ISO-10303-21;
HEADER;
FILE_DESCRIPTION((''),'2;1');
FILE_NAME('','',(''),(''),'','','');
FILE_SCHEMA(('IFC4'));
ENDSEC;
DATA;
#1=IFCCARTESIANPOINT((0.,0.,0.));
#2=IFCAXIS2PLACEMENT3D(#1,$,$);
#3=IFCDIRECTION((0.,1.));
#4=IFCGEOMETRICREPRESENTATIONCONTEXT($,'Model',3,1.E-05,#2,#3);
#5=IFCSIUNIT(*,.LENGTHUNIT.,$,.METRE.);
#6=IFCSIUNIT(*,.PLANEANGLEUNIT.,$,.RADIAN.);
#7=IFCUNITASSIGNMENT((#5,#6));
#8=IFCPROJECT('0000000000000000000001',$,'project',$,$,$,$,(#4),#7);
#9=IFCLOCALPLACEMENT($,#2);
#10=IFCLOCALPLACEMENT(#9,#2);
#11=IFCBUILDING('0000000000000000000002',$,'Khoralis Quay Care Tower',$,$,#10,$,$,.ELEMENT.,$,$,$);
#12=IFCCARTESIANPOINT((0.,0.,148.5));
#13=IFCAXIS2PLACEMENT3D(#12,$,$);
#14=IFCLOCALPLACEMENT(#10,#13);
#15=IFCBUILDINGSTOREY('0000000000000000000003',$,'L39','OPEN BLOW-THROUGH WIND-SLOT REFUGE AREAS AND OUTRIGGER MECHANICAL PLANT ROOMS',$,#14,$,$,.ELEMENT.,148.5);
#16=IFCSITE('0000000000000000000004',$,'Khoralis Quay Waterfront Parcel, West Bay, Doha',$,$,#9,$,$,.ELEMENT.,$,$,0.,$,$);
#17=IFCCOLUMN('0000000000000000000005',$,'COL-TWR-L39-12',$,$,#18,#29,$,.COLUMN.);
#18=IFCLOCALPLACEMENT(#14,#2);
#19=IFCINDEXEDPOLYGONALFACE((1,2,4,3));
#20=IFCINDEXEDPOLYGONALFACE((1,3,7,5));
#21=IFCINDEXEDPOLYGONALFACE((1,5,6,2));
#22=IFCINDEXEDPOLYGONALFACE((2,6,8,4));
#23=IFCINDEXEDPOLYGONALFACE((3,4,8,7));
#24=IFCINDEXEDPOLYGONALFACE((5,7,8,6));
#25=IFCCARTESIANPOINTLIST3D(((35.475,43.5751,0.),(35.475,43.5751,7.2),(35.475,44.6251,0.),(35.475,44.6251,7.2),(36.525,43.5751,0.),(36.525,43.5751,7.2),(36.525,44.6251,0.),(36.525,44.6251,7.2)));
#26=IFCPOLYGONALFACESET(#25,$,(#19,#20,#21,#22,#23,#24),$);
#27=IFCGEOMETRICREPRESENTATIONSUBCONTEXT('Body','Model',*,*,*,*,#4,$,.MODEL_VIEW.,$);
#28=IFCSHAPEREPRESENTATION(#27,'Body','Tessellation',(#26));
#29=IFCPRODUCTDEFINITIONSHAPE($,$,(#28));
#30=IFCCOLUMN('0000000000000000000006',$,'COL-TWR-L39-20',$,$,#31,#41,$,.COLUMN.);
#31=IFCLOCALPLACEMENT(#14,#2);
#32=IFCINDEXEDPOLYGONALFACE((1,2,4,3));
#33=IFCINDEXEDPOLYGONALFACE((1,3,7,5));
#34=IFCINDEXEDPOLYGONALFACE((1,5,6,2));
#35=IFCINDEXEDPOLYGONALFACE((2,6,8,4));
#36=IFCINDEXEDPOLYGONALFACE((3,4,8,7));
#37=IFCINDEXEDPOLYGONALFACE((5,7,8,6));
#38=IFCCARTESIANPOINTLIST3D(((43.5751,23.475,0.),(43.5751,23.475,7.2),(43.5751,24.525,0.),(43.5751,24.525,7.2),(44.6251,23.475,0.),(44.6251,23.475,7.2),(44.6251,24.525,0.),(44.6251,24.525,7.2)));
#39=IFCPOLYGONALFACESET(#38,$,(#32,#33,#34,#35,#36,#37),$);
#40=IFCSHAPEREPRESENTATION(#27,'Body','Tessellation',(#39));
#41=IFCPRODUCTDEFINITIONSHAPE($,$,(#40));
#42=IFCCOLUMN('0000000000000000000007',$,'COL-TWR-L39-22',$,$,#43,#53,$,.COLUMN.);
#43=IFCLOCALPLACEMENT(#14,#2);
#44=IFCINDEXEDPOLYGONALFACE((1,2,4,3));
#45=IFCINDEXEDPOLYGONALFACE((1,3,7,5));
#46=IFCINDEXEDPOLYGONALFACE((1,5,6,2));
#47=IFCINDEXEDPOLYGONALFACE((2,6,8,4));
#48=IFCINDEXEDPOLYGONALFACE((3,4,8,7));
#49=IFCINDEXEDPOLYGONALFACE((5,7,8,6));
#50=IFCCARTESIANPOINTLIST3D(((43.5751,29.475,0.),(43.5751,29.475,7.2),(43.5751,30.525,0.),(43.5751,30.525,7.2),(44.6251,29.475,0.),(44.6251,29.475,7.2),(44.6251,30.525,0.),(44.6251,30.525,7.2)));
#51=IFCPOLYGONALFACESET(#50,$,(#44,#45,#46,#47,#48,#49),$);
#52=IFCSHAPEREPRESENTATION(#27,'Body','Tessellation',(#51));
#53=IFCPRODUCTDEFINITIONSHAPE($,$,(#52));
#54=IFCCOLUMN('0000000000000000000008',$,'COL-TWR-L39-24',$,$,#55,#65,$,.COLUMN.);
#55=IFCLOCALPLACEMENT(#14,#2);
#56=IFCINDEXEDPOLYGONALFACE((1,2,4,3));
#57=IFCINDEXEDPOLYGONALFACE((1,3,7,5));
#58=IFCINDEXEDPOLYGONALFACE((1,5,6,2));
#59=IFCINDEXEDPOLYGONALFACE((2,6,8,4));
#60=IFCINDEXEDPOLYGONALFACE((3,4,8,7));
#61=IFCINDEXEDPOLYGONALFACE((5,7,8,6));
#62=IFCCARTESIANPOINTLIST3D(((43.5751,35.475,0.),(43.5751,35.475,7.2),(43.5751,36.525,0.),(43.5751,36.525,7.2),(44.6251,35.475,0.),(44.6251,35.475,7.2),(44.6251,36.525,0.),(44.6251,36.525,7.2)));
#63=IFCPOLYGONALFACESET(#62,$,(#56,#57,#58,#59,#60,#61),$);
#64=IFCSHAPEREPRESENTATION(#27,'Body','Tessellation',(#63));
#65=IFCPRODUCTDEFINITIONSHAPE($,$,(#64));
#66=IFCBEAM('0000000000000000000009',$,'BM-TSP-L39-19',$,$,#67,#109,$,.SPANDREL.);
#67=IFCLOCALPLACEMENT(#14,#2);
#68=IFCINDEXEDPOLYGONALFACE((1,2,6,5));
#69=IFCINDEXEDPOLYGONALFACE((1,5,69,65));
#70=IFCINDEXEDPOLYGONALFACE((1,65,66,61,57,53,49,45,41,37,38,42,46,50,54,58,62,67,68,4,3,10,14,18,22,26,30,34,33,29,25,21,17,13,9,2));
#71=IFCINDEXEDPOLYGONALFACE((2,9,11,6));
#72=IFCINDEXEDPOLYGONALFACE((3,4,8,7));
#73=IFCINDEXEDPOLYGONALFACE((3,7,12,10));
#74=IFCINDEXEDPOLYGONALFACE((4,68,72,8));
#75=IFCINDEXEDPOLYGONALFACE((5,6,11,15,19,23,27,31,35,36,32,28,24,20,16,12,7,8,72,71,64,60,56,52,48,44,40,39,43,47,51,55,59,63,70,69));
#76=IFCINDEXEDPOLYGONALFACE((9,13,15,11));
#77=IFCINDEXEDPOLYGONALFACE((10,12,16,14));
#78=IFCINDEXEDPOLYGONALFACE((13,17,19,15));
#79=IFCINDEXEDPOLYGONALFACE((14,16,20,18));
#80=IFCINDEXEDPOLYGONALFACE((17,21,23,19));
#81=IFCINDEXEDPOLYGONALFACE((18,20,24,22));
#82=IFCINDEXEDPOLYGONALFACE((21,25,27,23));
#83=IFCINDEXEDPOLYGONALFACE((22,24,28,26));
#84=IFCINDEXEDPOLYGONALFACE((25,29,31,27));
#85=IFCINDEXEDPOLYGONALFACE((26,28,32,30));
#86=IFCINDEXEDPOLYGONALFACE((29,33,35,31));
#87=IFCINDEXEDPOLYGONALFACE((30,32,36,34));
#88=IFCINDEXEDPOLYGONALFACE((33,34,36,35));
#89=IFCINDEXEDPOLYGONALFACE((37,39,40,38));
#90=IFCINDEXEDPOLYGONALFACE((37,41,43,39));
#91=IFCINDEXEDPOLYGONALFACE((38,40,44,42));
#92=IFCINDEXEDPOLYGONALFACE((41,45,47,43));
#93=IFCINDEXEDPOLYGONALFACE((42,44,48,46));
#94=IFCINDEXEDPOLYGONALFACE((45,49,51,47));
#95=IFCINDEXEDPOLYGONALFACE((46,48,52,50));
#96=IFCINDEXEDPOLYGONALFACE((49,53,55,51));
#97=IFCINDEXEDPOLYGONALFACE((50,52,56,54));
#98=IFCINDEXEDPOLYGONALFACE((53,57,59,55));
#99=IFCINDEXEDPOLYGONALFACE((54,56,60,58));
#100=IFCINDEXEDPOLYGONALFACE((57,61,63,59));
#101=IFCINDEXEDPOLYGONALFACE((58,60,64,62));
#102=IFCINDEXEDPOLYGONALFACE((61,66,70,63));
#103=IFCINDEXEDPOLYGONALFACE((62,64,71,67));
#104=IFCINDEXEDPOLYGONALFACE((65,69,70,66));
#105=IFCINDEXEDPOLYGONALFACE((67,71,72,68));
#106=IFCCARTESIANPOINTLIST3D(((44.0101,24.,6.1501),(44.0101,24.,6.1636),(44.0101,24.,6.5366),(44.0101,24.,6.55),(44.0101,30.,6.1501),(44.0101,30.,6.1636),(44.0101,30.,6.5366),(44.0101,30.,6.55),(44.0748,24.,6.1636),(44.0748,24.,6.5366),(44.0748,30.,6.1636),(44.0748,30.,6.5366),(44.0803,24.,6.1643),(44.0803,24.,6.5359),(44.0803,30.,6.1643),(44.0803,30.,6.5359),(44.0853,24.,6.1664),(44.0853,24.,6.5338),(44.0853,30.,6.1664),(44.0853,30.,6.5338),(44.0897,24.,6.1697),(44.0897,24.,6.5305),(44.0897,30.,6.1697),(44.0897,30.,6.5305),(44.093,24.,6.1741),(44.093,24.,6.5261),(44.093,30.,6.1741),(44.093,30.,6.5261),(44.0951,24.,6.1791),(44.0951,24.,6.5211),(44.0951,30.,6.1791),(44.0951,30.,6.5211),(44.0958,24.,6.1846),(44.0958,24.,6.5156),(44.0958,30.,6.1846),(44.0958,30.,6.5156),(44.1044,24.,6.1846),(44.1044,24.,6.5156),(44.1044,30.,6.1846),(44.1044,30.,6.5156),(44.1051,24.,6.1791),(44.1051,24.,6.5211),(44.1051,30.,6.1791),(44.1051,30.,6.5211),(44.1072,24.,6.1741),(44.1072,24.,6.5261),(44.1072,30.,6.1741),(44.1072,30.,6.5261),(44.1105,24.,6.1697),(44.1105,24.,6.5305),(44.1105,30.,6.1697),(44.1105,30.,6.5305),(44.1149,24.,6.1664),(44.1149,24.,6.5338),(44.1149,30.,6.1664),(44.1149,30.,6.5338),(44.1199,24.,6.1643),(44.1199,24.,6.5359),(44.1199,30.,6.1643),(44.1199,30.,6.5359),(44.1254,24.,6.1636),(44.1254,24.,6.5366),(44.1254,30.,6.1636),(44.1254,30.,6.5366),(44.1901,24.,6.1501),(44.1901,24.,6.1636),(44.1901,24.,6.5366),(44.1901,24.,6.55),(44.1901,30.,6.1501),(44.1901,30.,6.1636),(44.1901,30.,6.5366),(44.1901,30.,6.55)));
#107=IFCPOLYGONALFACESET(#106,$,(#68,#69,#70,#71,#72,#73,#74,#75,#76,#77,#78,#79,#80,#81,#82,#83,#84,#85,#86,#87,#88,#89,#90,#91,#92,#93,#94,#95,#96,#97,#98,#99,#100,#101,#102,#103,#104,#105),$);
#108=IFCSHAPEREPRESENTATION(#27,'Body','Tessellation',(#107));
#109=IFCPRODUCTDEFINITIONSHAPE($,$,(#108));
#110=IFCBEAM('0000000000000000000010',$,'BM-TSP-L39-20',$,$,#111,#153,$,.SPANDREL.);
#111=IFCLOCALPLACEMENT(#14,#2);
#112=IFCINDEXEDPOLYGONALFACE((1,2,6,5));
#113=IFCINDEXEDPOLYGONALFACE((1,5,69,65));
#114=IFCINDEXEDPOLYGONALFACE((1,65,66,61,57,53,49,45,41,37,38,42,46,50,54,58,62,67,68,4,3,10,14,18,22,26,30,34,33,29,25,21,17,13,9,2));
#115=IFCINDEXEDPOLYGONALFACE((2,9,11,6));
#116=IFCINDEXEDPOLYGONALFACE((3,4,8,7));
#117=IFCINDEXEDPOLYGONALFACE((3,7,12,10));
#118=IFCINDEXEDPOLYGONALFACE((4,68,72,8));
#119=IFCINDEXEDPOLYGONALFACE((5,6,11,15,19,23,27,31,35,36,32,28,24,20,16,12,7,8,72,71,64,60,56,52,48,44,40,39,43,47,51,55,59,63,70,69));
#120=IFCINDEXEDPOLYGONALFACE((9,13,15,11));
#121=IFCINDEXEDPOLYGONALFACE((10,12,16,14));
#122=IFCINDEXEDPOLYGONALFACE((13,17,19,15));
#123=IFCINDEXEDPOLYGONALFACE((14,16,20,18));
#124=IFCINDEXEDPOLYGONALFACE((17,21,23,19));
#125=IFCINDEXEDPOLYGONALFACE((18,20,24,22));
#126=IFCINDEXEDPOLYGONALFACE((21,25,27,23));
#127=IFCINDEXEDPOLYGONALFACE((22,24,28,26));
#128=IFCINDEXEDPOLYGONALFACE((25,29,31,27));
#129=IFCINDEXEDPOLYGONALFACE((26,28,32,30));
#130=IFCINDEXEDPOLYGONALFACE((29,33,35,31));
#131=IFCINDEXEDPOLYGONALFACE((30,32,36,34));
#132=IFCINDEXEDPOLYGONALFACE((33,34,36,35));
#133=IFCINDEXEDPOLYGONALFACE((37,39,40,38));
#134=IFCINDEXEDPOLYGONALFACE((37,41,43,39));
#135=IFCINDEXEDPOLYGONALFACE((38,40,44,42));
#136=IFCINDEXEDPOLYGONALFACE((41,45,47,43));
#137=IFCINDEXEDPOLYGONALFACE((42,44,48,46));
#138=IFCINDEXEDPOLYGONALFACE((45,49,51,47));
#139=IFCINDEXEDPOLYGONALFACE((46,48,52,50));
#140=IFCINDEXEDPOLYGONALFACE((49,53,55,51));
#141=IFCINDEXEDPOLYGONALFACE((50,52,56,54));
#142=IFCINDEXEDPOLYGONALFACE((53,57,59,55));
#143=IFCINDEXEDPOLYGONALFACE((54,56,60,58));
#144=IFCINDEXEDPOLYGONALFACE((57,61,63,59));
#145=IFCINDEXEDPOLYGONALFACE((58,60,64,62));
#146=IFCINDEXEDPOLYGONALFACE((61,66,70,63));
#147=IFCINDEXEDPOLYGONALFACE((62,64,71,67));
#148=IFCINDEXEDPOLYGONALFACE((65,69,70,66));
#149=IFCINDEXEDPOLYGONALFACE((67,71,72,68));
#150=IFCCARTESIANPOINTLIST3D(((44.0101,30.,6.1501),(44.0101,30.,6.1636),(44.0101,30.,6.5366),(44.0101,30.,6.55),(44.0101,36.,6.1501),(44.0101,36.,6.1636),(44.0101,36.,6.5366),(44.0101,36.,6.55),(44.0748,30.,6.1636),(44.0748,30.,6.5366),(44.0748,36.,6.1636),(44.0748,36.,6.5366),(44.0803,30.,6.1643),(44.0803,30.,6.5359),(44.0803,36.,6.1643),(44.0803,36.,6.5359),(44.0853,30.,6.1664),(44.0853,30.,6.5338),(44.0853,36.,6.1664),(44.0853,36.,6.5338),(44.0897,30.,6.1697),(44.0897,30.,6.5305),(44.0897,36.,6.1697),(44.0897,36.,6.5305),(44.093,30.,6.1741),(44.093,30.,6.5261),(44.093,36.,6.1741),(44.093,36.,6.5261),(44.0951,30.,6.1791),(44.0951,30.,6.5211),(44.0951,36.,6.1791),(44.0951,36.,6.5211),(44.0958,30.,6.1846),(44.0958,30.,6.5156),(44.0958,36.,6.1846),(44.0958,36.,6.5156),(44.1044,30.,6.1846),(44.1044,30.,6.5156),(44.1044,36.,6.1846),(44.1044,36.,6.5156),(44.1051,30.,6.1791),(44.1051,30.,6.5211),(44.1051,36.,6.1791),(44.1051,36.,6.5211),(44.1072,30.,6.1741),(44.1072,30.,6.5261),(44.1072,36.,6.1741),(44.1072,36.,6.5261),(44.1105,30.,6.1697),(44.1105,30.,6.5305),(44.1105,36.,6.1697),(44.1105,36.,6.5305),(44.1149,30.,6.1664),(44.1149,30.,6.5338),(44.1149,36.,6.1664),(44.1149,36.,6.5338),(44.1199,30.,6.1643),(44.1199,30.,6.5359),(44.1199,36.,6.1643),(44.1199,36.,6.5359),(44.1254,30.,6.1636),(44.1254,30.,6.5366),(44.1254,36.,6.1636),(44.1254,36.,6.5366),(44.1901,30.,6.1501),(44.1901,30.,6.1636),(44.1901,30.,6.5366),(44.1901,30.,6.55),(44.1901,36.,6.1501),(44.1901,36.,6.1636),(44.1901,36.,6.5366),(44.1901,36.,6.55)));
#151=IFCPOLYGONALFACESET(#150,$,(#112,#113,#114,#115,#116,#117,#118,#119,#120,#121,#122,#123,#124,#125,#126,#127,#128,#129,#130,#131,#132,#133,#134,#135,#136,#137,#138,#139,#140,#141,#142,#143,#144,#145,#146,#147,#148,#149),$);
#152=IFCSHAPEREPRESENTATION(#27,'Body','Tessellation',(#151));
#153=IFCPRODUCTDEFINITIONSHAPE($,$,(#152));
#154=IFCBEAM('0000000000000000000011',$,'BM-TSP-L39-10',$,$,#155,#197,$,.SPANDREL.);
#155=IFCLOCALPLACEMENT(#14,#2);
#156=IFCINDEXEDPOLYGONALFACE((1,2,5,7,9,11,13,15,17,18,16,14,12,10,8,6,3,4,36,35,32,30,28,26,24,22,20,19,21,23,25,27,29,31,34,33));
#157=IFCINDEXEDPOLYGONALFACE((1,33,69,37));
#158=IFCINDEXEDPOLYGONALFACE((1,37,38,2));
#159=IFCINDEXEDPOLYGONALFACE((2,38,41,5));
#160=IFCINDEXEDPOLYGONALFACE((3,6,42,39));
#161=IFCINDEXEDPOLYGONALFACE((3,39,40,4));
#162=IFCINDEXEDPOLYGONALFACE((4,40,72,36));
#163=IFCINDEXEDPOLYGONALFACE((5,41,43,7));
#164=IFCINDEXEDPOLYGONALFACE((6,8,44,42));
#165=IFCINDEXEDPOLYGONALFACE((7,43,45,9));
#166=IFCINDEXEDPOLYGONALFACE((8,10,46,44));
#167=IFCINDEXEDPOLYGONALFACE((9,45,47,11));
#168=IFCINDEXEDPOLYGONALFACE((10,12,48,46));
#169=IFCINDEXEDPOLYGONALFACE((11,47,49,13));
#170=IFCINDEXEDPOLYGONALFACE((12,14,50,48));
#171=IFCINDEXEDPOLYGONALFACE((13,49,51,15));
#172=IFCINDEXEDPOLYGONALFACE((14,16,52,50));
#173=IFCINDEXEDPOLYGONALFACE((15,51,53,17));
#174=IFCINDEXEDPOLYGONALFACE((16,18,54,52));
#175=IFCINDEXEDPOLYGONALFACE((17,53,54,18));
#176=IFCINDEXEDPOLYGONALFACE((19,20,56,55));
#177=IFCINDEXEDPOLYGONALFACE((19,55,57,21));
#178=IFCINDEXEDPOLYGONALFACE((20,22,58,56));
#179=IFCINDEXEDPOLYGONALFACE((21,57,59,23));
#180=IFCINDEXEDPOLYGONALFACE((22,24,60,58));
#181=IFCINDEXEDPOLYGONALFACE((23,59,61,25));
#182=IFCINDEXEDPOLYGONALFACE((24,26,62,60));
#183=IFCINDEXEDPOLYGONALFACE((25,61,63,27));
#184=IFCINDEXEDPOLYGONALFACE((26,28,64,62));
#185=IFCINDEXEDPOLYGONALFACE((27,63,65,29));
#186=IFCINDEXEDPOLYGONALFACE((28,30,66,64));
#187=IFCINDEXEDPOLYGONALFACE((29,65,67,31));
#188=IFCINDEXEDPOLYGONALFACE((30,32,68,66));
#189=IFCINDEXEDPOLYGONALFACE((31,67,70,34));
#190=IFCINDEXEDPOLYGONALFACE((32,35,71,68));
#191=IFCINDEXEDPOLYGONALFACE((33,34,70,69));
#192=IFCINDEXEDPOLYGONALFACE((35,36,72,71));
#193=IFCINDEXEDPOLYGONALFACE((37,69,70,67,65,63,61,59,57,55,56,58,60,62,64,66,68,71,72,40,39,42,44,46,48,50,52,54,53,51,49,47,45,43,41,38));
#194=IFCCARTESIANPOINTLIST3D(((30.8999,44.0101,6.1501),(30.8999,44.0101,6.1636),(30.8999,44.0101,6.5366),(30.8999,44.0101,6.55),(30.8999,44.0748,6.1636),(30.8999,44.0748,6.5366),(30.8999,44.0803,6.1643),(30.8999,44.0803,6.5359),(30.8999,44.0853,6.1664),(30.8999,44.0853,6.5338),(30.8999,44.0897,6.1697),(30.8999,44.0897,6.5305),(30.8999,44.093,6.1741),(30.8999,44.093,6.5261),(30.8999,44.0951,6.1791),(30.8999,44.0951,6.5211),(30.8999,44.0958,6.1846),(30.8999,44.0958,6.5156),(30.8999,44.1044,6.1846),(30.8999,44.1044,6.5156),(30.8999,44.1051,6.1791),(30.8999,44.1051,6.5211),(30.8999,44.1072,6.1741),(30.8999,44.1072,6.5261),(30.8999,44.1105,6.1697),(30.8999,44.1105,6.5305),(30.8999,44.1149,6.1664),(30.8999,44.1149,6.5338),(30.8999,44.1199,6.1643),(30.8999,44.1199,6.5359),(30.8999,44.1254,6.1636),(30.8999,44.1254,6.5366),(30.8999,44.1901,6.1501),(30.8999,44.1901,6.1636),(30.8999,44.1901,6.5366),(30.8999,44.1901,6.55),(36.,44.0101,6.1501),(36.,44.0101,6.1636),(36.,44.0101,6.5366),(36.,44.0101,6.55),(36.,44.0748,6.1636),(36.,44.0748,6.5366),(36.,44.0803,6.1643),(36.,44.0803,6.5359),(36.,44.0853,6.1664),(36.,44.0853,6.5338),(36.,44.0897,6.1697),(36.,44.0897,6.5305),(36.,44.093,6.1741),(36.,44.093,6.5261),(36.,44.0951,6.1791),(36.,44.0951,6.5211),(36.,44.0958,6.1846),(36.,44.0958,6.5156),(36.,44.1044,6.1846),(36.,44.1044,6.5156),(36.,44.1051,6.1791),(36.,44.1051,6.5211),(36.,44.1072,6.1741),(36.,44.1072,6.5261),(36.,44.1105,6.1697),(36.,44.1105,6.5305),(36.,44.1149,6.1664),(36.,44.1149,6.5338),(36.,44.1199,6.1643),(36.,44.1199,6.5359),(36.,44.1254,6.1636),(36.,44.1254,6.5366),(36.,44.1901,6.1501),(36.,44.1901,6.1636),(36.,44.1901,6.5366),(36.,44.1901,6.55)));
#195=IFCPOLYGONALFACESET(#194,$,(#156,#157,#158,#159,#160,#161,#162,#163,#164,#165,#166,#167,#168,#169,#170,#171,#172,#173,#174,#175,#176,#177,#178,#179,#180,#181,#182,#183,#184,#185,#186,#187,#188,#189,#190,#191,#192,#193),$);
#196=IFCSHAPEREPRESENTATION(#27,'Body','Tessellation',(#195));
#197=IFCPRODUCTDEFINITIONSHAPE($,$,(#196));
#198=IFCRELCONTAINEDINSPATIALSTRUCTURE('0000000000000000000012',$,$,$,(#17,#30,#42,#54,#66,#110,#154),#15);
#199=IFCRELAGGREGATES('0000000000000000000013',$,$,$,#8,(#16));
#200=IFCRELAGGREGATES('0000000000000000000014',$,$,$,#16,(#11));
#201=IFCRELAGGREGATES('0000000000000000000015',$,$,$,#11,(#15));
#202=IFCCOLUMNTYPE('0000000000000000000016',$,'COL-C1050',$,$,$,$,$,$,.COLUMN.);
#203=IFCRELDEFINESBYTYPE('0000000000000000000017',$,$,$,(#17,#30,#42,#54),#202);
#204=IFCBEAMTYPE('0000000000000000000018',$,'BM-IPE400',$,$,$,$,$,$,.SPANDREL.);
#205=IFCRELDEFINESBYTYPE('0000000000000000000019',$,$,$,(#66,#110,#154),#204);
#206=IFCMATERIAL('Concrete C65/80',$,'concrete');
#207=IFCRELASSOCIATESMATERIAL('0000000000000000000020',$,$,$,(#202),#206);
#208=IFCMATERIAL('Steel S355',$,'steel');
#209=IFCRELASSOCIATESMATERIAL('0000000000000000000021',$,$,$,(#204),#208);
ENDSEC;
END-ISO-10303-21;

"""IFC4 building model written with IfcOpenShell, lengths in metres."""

from ifc_helpers import new_model, si_unit, direction, frame, origin, origin_2d, place, context, subcontext, project, spatial, rectangle, i_section, extrude, source, transform, mapped, material, material_profile, profile_set, type_object, element, save


model = new_model("IFC4")

# Units and contexts
model_context = context("Model", 3, precision=1e-05, world=origin(), true_north=direction((0.0, 1.0)))
body_context = subcontext(model_context, "Body", "Model", "MODEL_VIEW")
ifc_project = project(units=[si_unit("LENGTHUNIT", "METRE"), si_unit("PLANEANGLEUNIT", "RADIAN")], contexts=[model_context])

# Site, building, storey
site_placement = place(None, origin())
site = spatial("IfcSite", under=ifc_project, at=site_placement, Name="Khoralis Quay Waterfront Parcel, West Bay, Doha", CompositionType="ELEMENT", RefElevation=0.0)
building_placement = place(site_placement, origin())
building = spatial("IfcBuilding", under=site, at=building_placement, Name="Khoralis Quay Care Tower", CompositionType="ELEMENT")
storey_placement = place(building_placement, frame((0.0, 0.0, 148.5)))
storey = spatial("IfcBuildingStorey", under=building, at=storey_placement, Name="L39", Description="OPEN BLOW-THROUGH WIND-SLOT REFUGE AREAS AND OUTRIGGER MECHANICAL PLANT ROOMS", CompositionType="ELEMENT", Elevation=148.5)

# Columns
ifc_material_1 = material(Name="Concrete C65/80", Category="concrete")
ifc_material_profile_1 = material_profile(ifc_material_1, rectangle(XDim=1.05, YDim=1.05, at=origin_2d()), Name="Concrete C65/80")
ifc_profile_set_1 = profile_set([ifc_material_profile_1], Name="Concrete C65/80")
column_type = type_object("IfcColumnType", Name="COL-C1050", PredefinedType="COLUMN", material=ifc_profile_set_1)
shared_shape_1 = source(origin(), body_context, "Body", "SweptSolid", [
    extrude(rectangle(XDim=1.05, YDim=1.05, at=origin_2d()), origin(), (0.0, 0.0, 1.0), 7.2),
])
for number, where, z_axis, x_axis, name in (
    (1, (36.0, 44.1001, 0.0), (0.0, 0.0, 1.0), (1.0, 0.0, 0.0), "COL-TWR-L39-12"),
    (2, (44.1001, 24.0, 0.0), (0.0, 0.0, 1.0), (1.0, 0.0, 0.0), "COL-TWR-L39-20"),
    (3, (44.1001, 30.0, 0.0), (0.0, 0.0, 1.0), (1.0, 0.0, 0.0), "COL-TWR-L39-22"),
    (4, (44.1001, 36.0, 0.0), (0.0, 0.0, 1.0), (1.0, 0.0, 0.0), "COL-TWR-L39-24"),
):
    element("IfcColumn", number, at=place(storey_placement, frame(where, z_axis=z_axis, x_axis=x_axis)), inside=storey, type_object=column_type, Name=name, PredefinedType="COLUMN", context=body_context, shape_type="MappedRepresentation", body=[
        mapped(shared_shape_1, transform((0.0, 0.0, 0.0), scale=1.0)),
    ])

# Beams
ifc_material_2 = material(Name="Steel S355", Category="steel")
ifc_material_profile_2 = material_profile(ifc_material_2, i_section(OverallWidth=0.1799, OverallDepth=0.3999, WebThickness=0.0085, FlangeThickness=0.0134, FilletRadius=0.021, at=origin_2d()), Name="Steel S355")
ifc_profile_set_2 = profile_set([ifc_material_profile_2], Name="Steel S355")
beam_type_1 = type_object("IfcBeamType", Name="BM-IPE400", PredefinedType="SPANDREL", material=ifc_profile_set_2)
shared_shape_2 = source(origin(), body_context, "Body", "SweptSolid", [
    extrude(i_section(OverallWidth=0.1799, OverallDepth=0.3999, WebThickness=0.0085, FlangeThickness=0.0134, FilletRadius=0.021, at=origin_2d()), origin(), (0.0, 0.0, 1.0), 6.0),
])
for number, where, z_axis, x_axis, name in (
    (5, (44.1001, 24.0, 6.3501), (0.0, 1.0, 0.0), (-1.0, 0.0, 0.0), "BM-TSP-L39-19"),
    (6, (44.1001, 30.0, 6.3501), (0.0, 1.0, 0.0), (-1.0, 0.0, 0.0), "BM-TSP-L39-20"),
):
    element("IfcBeam", number, at=place(storey_placement, frame(where, z_axis=z_axis, x_axis=x_axis)), inside=storey, type_object=beam_type_1, Name=name, PredefinedType="SPANDREL", context=body_context, shape_type="MappedRepresentation", body=[
        mapped(shared_shape_2, transform((0.0, 0.0, 0.0), scale=1.0)),
    ])
shared_shape_3 = source(origin(), body_context, "Body", "SweptSolid", [
    extrude(i_section(OverallWidth=0.1799, OverallDepth=0.3999, WebThickness=0.0085, FlangeThickness=0.0134, FilletRadius=0.021, at=origin_2d()), origin(), (0.0, 0.0, 1.0), 5.1001),
])
beam_1_placement = place(storey_placement, frame((30.8999, 44.1001, 6.3501), z_axis=(1.0, 0.0, 0.0), x_axis=(0.0, 1.0, 0.0)))
element("IfcBeam", 7, at=beam_1_placement, inside=storey, type_object=beam_type_1, Name="BM-TSP-L39-10", PredefinedType="SPANDREL", context=body_context, shape_type="MappedRepresentation", body=[
    mapped(shared_shape_3, transform((0.0, 0.0, 0.0), scale=1.0)),
])

save(model, "model.ifc")
